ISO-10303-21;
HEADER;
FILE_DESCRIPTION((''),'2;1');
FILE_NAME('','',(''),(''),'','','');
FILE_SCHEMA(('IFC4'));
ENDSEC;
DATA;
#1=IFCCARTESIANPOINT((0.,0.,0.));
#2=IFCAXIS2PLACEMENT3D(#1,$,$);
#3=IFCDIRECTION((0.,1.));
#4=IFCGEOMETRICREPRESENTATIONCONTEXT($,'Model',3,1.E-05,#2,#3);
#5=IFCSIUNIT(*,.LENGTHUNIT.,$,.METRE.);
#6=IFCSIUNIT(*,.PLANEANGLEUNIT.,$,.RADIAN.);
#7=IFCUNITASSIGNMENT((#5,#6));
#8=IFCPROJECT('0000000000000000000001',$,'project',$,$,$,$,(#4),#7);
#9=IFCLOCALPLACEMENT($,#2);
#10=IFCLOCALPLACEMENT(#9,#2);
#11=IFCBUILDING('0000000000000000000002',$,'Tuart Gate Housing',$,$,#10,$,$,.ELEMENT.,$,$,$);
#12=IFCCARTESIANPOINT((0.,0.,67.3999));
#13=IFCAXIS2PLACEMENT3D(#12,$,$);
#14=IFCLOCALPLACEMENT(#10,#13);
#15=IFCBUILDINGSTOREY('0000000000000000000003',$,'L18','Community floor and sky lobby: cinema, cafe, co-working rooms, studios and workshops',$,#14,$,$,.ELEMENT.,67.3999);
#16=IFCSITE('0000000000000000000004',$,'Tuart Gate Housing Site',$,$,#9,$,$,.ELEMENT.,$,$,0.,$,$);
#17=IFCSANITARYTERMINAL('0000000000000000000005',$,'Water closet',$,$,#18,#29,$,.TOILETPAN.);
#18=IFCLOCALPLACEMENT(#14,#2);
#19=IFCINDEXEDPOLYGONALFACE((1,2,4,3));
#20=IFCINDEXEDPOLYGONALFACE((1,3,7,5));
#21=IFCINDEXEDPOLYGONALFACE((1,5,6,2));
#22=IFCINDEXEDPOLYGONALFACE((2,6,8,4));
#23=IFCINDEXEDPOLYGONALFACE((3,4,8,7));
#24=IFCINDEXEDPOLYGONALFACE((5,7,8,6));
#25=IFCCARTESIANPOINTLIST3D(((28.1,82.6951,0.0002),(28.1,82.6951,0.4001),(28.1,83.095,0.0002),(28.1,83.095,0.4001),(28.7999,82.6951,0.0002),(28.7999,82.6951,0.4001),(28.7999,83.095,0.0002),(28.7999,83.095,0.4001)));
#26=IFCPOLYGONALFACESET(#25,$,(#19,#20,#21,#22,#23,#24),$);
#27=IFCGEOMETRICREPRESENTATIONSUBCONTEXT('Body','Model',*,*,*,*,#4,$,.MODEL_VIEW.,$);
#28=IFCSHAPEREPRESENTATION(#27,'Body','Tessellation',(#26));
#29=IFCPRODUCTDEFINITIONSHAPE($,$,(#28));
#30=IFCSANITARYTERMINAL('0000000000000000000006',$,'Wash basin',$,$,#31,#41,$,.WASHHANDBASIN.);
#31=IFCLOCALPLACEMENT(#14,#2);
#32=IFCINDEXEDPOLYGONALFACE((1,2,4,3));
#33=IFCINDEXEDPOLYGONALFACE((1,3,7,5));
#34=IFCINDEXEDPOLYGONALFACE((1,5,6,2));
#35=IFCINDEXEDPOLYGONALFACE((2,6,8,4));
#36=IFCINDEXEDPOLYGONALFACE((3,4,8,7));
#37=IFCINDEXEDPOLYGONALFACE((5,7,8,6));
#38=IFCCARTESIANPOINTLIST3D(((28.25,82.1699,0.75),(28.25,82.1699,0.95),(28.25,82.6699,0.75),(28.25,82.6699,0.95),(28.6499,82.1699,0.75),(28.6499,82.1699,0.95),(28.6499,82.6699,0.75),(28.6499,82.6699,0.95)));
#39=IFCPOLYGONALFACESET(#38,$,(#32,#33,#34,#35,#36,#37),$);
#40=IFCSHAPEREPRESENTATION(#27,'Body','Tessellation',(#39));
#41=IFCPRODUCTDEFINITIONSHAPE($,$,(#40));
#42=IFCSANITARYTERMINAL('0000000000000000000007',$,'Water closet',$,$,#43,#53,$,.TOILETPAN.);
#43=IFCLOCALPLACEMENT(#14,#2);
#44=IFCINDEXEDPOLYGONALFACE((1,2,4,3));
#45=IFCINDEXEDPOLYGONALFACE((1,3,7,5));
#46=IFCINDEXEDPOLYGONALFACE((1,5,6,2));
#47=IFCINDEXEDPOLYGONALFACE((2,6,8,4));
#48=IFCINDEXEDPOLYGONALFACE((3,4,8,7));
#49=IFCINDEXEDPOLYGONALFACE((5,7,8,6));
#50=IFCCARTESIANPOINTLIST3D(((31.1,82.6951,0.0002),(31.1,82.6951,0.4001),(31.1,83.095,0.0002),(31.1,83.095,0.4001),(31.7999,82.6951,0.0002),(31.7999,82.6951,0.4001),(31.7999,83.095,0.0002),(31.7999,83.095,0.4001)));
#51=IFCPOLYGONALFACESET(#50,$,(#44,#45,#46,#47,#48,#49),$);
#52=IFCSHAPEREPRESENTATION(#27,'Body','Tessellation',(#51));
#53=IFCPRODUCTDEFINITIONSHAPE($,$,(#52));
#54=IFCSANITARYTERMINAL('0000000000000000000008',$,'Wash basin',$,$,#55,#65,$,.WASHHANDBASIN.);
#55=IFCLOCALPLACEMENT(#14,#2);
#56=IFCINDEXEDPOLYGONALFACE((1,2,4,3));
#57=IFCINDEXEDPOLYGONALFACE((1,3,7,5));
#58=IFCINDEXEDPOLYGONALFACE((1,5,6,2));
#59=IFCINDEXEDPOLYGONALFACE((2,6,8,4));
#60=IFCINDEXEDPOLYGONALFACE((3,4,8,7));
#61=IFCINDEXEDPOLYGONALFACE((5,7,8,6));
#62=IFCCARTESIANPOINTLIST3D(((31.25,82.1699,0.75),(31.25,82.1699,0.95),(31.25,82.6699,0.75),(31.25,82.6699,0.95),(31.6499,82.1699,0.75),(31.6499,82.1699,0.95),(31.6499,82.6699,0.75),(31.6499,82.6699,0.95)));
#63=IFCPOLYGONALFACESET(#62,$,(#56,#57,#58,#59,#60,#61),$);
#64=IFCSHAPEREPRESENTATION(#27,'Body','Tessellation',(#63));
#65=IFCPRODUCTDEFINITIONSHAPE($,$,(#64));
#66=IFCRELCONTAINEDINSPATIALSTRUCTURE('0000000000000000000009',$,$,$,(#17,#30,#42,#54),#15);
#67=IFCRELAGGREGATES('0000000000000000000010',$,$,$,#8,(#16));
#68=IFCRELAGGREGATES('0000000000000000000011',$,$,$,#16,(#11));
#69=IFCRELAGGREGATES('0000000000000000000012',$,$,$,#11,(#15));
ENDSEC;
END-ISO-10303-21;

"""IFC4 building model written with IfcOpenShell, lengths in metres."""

from ifc_helpers import new_model, si_unit, direction, frame, origin, origin_2d, place, context, subcontext, project, spatial, rectangle, extrude, element, save


model = new_model("IFC4")

# Units and contexts
model_context = context("Model", 3, precision=1e-05, world=origin(), true_north=direction((0.0, 1.0)))
body_context = subcontext(model_context, "Body", "Model", "MODEL_VIEW")
ifc_project = project(units=[si_unit("LENGTHUNIT", "METRE"), si_unit("PLANEANGLEUNIT", "RADIAN")], contexts=[model_context])

# Site, building, storey
site_placement = place(None, origin())
site = spatial("IfcSite", under=ifc_project, at=site_placement, Name="Tuart Gate Housing Site", CompositionType="ELEMENT", RefElevation=0.0)
building_placement = place(site_placement, origin())
building = spatial("IfcBuilding", under=site, at=building_placement, Name="Tuart Gate Housing", CompositionType="ELEMENT")
storey_placement = place(building_placement, frame((0.0, 0.0, 67.3999)))
storey = spatial("IfcBuildingStorey", under=building, at=storey_placement, Name="L18", Description="Community floor and sky lobby: cinema, cafe, co-working rooms, studios and workshops", CompositionType="ELEMENT", Elevation=67.3999)

# Sanitary terminals
sanitary_terminal_1_placement = place(storey_placement, frame((28.45, 82.895, 0.0002), z_axis=(0.0, 0.0, 1.0), x_axis=(1.0, 0.0, 0.0)))
element("IfcSanitaryTerminal", 1, at=sanitary_terminal_1_placement, inside=storey, Name="Water closet", PredefinedType="TOILETPAN", context=body_context, shape_type="SweptSolid", body=[
    extrude(rectangle(XDim=0.7, YDim=0.3999, at=origin_2d()), origin(), (0.0, 0.0, 1.0), 0.3999),
])
sanitary_terminal_2_placement = place(storey_placement, frame((28.45, 82.4199, 0.75), z_axis=(0.0, 0.0, 1.0), x_axis=(1.0, 0.0, 0.0)))
element("IfcSanitaryTerminal", 2, at=sanitary_terminal_2_placement, inside=storey, Name="Wash basin", PredefinedType="WASHHANDBASIN", context=body_context, shape_type="SweptSolid", body=[
    extrude(rectangle(XDim=0.3999, YDim=0.5, at=origin_2d()), origin(), (0.0, 0.0, 1.0), 0.2),
])
sanitary_terminal_3_placement = place(storey_placement, frame((31.45, 82.895, 0.0002), z_axis=(0.0, 0.0, 1.0), x_axis=(1.0, 0.0, 0.0)))
element("IfcSanitaryTerminal", 3, at=sanitary_terminal_3_placement, inside=storey, Name="Water closet", PredefinedType="TOILETPAN", context=body_context, shape_type="SweptSolid", body=[
    extrude(rectangle(XDim=0.7, YDim=0.3999, at=origin_2d()), origin(), (0.0, 0.0, 1.0), 0.3999),
])
sanitary_terminal_4_placement = place(storey_placement, frame((31.45, 82.4199, 0.75), z_axis=(0.0, 0.0, 1.0), x_axis=(1.0, 0.0, 0.0)))
element("IfcSanitaryTerminal", 4, at=sanitary_terminal_4_placement, inside=storey, Name="Wash basin", PredefinedType="WASHHANDBASIN", context=body_context, shape_type="SweptSolid", body=[
    extrude(rectangle(XDim=0.3999, YDim=0.5, at=origin_2d()), origin(), (0.0, 0.0, 1.0), 0.2),
])

save(model, "model.ifc")
